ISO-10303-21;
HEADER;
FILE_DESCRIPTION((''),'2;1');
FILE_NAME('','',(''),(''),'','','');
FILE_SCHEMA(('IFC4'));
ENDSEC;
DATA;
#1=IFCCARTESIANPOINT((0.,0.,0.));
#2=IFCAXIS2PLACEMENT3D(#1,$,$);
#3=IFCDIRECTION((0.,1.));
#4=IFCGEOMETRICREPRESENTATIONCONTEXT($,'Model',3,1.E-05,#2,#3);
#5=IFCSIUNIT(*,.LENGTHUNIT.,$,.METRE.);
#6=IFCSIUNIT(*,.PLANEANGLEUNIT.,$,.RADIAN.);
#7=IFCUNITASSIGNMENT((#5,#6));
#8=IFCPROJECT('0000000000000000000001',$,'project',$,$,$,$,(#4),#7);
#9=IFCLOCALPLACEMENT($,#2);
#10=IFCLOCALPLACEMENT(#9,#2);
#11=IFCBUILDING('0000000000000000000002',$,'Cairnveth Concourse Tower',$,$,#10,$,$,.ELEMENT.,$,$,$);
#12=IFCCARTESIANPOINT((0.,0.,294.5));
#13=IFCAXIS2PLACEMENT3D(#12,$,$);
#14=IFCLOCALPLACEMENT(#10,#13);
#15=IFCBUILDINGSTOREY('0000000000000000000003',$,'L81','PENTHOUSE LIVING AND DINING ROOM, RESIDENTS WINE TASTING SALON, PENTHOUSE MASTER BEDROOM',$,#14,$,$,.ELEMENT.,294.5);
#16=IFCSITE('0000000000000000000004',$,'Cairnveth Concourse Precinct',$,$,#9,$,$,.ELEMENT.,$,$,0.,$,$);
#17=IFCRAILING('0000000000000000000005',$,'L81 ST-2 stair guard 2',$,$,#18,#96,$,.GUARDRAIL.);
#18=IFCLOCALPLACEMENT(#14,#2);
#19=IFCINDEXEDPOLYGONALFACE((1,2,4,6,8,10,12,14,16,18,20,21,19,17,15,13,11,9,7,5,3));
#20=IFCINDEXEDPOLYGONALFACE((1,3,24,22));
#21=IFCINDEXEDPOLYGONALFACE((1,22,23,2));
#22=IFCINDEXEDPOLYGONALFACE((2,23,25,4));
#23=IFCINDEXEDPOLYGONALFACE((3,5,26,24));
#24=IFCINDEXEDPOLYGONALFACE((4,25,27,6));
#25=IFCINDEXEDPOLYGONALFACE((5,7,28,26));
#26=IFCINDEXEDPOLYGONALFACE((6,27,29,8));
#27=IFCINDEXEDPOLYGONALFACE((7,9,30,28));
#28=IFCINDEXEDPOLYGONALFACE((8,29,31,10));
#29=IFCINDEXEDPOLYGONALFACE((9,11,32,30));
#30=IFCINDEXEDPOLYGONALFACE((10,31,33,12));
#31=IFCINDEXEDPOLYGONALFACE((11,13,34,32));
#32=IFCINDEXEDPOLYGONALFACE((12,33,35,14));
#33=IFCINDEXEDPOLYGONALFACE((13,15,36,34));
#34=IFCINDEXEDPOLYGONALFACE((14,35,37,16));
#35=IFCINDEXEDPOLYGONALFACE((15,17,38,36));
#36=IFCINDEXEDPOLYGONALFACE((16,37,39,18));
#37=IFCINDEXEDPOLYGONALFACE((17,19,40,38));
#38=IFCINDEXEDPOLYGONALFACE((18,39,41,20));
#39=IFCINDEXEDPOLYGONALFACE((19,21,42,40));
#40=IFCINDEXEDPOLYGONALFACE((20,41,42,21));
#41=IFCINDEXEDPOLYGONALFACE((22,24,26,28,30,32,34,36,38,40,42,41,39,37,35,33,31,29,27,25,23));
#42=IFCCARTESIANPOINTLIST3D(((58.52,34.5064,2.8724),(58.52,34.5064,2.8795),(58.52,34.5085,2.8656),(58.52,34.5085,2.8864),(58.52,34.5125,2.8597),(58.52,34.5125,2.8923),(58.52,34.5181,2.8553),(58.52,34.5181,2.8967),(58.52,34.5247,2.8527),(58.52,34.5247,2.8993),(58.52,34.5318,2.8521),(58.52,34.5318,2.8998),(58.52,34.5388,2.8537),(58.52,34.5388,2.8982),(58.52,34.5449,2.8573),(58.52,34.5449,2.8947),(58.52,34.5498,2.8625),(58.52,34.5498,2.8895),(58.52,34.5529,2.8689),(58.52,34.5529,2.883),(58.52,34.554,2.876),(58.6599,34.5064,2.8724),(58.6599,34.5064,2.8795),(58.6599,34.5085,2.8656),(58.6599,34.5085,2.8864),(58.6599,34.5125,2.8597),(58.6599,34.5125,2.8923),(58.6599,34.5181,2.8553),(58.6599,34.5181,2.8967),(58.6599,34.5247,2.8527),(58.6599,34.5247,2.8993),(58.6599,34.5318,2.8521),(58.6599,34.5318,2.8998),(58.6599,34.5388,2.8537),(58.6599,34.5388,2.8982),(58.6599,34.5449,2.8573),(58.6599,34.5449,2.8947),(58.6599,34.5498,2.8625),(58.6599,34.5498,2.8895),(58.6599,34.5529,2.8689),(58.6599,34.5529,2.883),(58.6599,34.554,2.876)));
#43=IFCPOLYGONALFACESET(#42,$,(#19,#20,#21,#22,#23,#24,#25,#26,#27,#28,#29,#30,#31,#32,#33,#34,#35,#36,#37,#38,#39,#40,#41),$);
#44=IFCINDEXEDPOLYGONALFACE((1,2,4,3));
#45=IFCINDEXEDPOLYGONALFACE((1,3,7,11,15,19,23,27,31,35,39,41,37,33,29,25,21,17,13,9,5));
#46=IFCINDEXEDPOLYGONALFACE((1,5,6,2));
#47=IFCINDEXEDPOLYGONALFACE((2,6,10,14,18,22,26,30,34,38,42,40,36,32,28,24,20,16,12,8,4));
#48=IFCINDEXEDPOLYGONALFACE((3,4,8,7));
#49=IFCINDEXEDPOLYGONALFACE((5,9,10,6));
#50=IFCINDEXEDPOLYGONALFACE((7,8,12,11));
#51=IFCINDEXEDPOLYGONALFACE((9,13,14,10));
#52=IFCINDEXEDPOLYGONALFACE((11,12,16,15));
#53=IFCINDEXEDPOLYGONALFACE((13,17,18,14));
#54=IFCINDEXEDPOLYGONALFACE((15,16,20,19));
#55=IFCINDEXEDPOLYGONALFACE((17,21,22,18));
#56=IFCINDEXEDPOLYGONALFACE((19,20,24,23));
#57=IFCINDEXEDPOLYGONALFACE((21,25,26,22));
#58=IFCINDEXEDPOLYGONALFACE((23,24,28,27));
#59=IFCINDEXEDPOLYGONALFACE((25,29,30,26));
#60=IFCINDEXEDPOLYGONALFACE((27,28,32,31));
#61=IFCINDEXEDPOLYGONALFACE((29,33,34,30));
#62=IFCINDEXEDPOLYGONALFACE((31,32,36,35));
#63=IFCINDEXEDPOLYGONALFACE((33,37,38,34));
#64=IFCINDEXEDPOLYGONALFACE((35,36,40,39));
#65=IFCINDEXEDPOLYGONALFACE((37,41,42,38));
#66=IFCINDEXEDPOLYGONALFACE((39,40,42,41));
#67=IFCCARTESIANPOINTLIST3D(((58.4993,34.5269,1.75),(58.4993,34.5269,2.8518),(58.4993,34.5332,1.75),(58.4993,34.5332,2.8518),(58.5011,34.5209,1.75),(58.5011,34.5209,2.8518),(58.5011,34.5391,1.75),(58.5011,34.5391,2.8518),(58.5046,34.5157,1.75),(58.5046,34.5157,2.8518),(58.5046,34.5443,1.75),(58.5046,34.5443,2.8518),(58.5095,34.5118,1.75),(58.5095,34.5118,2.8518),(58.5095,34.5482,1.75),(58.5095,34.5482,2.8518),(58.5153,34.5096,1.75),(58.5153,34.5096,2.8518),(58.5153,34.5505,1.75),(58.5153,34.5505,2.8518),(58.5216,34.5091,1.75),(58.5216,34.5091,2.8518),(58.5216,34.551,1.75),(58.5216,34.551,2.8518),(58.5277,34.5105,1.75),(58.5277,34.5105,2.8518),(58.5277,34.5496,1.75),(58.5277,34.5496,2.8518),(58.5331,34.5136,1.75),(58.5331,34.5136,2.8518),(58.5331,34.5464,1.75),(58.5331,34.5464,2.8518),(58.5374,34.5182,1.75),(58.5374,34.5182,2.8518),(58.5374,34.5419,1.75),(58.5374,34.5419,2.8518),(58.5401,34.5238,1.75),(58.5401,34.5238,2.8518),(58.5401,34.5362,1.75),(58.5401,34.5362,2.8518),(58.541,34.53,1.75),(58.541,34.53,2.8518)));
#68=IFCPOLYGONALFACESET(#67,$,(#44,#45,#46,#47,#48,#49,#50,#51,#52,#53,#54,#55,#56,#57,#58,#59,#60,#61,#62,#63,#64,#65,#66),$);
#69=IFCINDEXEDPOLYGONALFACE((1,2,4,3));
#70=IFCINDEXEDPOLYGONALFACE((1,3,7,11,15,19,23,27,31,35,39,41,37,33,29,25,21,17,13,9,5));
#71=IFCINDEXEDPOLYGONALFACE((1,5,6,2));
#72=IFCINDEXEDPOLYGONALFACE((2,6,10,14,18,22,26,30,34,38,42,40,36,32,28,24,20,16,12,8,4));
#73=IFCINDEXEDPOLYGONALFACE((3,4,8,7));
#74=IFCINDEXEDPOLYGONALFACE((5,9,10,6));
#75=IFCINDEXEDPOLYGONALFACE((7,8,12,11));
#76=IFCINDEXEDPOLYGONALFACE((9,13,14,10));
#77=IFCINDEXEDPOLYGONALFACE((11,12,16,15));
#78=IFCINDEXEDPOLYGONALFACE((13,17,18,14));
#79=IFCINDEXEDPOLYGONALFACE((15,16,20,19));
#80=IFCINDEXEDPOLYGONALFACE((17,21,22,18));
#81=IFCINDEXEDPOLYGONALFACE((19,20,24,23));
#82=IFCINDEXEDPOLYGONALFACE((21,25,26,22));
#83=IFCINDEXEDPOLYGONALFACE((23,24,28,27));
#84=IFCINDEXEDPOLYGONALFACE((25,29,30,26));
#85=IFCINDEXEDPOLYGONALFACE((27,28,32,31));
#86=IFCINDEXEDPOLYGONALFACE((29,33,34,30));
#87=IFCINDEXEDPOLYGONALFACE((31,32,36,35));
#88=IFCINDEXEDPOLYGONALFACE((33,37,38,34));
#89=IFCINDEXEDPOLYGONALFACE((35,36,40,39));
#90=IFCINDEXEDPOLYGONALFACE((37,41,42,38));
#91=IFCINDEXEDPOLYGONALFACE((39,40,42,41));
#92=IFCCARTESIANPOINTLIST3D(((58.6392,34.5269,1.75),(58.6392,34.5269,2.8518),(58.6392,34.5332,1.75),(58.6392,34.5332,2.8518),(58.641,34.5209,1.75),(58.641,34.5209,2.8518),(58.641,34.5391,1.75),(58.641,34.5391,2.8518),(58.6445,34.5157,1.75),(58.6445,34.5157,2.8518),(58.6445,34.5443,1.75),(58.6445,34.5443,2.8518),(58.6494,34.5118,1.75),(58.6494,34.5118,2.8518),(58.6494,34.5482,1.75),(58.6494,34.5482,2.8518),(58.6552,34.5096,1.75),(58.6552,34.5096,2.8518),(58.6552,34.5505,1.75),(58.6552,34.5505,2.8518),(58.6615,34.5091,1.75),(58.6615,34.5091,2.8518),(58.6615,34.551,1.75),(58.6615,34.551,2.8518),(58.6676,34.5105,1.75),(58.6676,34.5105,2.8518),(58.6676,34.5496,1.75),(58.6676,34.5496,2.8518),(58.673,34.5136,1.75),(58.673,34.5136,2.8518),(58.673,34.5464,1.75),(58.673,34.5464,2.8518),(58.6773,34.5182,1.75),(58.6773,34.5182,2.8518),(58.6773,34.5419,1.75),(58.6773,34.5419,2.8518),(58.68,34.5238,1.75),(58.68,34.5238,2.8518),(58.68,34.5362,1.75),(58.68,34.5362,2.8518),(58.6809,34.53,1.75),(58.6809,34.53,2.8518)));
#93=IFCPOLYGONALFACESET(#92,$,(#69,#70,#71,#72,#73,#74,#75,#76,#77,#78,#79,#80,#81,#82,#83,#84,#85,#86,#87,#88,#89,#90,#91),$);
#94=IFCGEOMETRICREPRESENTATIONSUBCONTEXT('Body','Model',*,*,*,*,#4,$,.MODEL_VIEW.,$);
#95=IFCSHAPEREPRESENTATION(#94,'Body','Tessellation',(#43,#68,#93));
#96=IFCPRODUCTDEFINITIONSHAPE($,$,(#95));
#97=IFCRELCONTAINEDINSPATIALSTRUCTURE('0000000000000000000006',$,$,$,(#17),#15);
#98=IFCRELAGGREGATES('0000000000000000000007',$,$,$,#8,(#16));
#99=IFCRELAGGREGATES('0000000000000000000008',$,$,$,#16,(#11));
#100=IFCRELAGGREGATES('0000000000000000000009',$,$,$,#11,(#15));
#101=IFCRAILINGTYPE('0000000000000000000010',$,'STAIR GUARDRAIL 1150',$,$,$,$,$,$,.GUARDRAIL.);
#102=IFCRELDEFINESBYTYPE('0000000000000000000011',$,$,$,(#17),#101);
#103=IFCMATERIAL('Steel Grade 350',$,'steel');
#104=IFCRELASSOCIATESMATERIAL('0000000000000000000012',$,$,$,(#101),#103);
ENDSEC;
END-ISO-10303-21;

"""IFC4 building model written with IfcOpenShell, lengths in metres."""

from ifc_helpers import new_model, si_unit, direction, frame, origin, origin_2d, place, context, subcontext, project, spatial, circle, extrude, material, type_object, element, save


model = new_model("IFC4")

# Units and contexts
model_context = context("Model", 3, precision=1e-05, world=origin(), true_north=direction((0.0, 1.0)))
body_context = subcontext(model_context, "Body", "Model", "MODEL_VIEW")
ifc_project = project(units=[si_unit("LENGTHUNIT", "METRE"), si_unit("PLANEANGLEUNIT", "RADIAN")], contexts=[model_context])

# Site, building, storey
site_placement = place(None, origin())
site = spatial("IfcSite", under=ifc_project, at=site_placement, Name="Cairnveth Concourse Precinct", CompositionType="ELEMENT", RefElevation=0.0)
building_placement = place(site_placement, origin())
building = spatial("IfcBuilding", under=site, at=building_placement, Name="Cairnveth Concourse Tower", CompositionType="ELEMENT")
storey_placement = place(building_placement, frame((0.0, 0.0, 294.5)))
storey = spatial("IfcBuildingStorey", under=building, at=storey_placement, Name="L81", Description="PENTHOUSE LIVING AND DINING ROOM, RESIDENTS WINE TASTING SALON, PENTHOUSE MASTER BEDROOM", CompositionType="ELEMENT", Elevation=294.5)

# Shared definitions
ifc_material_1 = material(Name="Steel Grade 350", Category="steel")

# Railing
railing_type = type_object("IfcRailingType", Name="STAIR GUARDRAIL 1150", PredefinedType="GUARDRAIL", material=ifc_material_1)
railing_placement = place(storey_placement, frame((58.52, 34.53, 1.75)))
element("IfcRailing", 1, at=railing_placement, inside=storey, type_object=railing_type, Name="L81 ST-2 stair guard 2", PredefinedType="GUARDRAIL", context=body_context, shape_type="SweptSolid", body=[
    extrude(circle(Radius=0.0239, at=origin_2d()), frame((0.0, 0.0, 1.126), z_axis=(1.0, 0.0, 0.0), x_axis=(0.0, 1.0, 0.0)), (0.0, 0.0, 1.0), 0.1399),
    extrude(circle(Radius=0.021, at=origin_2d()), origin(), (0.0, 0.0, 1.0), 1.1018),
    extrude(circle(Radius=0.021, at=origin_2d()), frame((0.1399, 0.0, 0.0)), (0.0, 0.0, 1.0), 1.1018),
])

save(model, "model.ifc")
